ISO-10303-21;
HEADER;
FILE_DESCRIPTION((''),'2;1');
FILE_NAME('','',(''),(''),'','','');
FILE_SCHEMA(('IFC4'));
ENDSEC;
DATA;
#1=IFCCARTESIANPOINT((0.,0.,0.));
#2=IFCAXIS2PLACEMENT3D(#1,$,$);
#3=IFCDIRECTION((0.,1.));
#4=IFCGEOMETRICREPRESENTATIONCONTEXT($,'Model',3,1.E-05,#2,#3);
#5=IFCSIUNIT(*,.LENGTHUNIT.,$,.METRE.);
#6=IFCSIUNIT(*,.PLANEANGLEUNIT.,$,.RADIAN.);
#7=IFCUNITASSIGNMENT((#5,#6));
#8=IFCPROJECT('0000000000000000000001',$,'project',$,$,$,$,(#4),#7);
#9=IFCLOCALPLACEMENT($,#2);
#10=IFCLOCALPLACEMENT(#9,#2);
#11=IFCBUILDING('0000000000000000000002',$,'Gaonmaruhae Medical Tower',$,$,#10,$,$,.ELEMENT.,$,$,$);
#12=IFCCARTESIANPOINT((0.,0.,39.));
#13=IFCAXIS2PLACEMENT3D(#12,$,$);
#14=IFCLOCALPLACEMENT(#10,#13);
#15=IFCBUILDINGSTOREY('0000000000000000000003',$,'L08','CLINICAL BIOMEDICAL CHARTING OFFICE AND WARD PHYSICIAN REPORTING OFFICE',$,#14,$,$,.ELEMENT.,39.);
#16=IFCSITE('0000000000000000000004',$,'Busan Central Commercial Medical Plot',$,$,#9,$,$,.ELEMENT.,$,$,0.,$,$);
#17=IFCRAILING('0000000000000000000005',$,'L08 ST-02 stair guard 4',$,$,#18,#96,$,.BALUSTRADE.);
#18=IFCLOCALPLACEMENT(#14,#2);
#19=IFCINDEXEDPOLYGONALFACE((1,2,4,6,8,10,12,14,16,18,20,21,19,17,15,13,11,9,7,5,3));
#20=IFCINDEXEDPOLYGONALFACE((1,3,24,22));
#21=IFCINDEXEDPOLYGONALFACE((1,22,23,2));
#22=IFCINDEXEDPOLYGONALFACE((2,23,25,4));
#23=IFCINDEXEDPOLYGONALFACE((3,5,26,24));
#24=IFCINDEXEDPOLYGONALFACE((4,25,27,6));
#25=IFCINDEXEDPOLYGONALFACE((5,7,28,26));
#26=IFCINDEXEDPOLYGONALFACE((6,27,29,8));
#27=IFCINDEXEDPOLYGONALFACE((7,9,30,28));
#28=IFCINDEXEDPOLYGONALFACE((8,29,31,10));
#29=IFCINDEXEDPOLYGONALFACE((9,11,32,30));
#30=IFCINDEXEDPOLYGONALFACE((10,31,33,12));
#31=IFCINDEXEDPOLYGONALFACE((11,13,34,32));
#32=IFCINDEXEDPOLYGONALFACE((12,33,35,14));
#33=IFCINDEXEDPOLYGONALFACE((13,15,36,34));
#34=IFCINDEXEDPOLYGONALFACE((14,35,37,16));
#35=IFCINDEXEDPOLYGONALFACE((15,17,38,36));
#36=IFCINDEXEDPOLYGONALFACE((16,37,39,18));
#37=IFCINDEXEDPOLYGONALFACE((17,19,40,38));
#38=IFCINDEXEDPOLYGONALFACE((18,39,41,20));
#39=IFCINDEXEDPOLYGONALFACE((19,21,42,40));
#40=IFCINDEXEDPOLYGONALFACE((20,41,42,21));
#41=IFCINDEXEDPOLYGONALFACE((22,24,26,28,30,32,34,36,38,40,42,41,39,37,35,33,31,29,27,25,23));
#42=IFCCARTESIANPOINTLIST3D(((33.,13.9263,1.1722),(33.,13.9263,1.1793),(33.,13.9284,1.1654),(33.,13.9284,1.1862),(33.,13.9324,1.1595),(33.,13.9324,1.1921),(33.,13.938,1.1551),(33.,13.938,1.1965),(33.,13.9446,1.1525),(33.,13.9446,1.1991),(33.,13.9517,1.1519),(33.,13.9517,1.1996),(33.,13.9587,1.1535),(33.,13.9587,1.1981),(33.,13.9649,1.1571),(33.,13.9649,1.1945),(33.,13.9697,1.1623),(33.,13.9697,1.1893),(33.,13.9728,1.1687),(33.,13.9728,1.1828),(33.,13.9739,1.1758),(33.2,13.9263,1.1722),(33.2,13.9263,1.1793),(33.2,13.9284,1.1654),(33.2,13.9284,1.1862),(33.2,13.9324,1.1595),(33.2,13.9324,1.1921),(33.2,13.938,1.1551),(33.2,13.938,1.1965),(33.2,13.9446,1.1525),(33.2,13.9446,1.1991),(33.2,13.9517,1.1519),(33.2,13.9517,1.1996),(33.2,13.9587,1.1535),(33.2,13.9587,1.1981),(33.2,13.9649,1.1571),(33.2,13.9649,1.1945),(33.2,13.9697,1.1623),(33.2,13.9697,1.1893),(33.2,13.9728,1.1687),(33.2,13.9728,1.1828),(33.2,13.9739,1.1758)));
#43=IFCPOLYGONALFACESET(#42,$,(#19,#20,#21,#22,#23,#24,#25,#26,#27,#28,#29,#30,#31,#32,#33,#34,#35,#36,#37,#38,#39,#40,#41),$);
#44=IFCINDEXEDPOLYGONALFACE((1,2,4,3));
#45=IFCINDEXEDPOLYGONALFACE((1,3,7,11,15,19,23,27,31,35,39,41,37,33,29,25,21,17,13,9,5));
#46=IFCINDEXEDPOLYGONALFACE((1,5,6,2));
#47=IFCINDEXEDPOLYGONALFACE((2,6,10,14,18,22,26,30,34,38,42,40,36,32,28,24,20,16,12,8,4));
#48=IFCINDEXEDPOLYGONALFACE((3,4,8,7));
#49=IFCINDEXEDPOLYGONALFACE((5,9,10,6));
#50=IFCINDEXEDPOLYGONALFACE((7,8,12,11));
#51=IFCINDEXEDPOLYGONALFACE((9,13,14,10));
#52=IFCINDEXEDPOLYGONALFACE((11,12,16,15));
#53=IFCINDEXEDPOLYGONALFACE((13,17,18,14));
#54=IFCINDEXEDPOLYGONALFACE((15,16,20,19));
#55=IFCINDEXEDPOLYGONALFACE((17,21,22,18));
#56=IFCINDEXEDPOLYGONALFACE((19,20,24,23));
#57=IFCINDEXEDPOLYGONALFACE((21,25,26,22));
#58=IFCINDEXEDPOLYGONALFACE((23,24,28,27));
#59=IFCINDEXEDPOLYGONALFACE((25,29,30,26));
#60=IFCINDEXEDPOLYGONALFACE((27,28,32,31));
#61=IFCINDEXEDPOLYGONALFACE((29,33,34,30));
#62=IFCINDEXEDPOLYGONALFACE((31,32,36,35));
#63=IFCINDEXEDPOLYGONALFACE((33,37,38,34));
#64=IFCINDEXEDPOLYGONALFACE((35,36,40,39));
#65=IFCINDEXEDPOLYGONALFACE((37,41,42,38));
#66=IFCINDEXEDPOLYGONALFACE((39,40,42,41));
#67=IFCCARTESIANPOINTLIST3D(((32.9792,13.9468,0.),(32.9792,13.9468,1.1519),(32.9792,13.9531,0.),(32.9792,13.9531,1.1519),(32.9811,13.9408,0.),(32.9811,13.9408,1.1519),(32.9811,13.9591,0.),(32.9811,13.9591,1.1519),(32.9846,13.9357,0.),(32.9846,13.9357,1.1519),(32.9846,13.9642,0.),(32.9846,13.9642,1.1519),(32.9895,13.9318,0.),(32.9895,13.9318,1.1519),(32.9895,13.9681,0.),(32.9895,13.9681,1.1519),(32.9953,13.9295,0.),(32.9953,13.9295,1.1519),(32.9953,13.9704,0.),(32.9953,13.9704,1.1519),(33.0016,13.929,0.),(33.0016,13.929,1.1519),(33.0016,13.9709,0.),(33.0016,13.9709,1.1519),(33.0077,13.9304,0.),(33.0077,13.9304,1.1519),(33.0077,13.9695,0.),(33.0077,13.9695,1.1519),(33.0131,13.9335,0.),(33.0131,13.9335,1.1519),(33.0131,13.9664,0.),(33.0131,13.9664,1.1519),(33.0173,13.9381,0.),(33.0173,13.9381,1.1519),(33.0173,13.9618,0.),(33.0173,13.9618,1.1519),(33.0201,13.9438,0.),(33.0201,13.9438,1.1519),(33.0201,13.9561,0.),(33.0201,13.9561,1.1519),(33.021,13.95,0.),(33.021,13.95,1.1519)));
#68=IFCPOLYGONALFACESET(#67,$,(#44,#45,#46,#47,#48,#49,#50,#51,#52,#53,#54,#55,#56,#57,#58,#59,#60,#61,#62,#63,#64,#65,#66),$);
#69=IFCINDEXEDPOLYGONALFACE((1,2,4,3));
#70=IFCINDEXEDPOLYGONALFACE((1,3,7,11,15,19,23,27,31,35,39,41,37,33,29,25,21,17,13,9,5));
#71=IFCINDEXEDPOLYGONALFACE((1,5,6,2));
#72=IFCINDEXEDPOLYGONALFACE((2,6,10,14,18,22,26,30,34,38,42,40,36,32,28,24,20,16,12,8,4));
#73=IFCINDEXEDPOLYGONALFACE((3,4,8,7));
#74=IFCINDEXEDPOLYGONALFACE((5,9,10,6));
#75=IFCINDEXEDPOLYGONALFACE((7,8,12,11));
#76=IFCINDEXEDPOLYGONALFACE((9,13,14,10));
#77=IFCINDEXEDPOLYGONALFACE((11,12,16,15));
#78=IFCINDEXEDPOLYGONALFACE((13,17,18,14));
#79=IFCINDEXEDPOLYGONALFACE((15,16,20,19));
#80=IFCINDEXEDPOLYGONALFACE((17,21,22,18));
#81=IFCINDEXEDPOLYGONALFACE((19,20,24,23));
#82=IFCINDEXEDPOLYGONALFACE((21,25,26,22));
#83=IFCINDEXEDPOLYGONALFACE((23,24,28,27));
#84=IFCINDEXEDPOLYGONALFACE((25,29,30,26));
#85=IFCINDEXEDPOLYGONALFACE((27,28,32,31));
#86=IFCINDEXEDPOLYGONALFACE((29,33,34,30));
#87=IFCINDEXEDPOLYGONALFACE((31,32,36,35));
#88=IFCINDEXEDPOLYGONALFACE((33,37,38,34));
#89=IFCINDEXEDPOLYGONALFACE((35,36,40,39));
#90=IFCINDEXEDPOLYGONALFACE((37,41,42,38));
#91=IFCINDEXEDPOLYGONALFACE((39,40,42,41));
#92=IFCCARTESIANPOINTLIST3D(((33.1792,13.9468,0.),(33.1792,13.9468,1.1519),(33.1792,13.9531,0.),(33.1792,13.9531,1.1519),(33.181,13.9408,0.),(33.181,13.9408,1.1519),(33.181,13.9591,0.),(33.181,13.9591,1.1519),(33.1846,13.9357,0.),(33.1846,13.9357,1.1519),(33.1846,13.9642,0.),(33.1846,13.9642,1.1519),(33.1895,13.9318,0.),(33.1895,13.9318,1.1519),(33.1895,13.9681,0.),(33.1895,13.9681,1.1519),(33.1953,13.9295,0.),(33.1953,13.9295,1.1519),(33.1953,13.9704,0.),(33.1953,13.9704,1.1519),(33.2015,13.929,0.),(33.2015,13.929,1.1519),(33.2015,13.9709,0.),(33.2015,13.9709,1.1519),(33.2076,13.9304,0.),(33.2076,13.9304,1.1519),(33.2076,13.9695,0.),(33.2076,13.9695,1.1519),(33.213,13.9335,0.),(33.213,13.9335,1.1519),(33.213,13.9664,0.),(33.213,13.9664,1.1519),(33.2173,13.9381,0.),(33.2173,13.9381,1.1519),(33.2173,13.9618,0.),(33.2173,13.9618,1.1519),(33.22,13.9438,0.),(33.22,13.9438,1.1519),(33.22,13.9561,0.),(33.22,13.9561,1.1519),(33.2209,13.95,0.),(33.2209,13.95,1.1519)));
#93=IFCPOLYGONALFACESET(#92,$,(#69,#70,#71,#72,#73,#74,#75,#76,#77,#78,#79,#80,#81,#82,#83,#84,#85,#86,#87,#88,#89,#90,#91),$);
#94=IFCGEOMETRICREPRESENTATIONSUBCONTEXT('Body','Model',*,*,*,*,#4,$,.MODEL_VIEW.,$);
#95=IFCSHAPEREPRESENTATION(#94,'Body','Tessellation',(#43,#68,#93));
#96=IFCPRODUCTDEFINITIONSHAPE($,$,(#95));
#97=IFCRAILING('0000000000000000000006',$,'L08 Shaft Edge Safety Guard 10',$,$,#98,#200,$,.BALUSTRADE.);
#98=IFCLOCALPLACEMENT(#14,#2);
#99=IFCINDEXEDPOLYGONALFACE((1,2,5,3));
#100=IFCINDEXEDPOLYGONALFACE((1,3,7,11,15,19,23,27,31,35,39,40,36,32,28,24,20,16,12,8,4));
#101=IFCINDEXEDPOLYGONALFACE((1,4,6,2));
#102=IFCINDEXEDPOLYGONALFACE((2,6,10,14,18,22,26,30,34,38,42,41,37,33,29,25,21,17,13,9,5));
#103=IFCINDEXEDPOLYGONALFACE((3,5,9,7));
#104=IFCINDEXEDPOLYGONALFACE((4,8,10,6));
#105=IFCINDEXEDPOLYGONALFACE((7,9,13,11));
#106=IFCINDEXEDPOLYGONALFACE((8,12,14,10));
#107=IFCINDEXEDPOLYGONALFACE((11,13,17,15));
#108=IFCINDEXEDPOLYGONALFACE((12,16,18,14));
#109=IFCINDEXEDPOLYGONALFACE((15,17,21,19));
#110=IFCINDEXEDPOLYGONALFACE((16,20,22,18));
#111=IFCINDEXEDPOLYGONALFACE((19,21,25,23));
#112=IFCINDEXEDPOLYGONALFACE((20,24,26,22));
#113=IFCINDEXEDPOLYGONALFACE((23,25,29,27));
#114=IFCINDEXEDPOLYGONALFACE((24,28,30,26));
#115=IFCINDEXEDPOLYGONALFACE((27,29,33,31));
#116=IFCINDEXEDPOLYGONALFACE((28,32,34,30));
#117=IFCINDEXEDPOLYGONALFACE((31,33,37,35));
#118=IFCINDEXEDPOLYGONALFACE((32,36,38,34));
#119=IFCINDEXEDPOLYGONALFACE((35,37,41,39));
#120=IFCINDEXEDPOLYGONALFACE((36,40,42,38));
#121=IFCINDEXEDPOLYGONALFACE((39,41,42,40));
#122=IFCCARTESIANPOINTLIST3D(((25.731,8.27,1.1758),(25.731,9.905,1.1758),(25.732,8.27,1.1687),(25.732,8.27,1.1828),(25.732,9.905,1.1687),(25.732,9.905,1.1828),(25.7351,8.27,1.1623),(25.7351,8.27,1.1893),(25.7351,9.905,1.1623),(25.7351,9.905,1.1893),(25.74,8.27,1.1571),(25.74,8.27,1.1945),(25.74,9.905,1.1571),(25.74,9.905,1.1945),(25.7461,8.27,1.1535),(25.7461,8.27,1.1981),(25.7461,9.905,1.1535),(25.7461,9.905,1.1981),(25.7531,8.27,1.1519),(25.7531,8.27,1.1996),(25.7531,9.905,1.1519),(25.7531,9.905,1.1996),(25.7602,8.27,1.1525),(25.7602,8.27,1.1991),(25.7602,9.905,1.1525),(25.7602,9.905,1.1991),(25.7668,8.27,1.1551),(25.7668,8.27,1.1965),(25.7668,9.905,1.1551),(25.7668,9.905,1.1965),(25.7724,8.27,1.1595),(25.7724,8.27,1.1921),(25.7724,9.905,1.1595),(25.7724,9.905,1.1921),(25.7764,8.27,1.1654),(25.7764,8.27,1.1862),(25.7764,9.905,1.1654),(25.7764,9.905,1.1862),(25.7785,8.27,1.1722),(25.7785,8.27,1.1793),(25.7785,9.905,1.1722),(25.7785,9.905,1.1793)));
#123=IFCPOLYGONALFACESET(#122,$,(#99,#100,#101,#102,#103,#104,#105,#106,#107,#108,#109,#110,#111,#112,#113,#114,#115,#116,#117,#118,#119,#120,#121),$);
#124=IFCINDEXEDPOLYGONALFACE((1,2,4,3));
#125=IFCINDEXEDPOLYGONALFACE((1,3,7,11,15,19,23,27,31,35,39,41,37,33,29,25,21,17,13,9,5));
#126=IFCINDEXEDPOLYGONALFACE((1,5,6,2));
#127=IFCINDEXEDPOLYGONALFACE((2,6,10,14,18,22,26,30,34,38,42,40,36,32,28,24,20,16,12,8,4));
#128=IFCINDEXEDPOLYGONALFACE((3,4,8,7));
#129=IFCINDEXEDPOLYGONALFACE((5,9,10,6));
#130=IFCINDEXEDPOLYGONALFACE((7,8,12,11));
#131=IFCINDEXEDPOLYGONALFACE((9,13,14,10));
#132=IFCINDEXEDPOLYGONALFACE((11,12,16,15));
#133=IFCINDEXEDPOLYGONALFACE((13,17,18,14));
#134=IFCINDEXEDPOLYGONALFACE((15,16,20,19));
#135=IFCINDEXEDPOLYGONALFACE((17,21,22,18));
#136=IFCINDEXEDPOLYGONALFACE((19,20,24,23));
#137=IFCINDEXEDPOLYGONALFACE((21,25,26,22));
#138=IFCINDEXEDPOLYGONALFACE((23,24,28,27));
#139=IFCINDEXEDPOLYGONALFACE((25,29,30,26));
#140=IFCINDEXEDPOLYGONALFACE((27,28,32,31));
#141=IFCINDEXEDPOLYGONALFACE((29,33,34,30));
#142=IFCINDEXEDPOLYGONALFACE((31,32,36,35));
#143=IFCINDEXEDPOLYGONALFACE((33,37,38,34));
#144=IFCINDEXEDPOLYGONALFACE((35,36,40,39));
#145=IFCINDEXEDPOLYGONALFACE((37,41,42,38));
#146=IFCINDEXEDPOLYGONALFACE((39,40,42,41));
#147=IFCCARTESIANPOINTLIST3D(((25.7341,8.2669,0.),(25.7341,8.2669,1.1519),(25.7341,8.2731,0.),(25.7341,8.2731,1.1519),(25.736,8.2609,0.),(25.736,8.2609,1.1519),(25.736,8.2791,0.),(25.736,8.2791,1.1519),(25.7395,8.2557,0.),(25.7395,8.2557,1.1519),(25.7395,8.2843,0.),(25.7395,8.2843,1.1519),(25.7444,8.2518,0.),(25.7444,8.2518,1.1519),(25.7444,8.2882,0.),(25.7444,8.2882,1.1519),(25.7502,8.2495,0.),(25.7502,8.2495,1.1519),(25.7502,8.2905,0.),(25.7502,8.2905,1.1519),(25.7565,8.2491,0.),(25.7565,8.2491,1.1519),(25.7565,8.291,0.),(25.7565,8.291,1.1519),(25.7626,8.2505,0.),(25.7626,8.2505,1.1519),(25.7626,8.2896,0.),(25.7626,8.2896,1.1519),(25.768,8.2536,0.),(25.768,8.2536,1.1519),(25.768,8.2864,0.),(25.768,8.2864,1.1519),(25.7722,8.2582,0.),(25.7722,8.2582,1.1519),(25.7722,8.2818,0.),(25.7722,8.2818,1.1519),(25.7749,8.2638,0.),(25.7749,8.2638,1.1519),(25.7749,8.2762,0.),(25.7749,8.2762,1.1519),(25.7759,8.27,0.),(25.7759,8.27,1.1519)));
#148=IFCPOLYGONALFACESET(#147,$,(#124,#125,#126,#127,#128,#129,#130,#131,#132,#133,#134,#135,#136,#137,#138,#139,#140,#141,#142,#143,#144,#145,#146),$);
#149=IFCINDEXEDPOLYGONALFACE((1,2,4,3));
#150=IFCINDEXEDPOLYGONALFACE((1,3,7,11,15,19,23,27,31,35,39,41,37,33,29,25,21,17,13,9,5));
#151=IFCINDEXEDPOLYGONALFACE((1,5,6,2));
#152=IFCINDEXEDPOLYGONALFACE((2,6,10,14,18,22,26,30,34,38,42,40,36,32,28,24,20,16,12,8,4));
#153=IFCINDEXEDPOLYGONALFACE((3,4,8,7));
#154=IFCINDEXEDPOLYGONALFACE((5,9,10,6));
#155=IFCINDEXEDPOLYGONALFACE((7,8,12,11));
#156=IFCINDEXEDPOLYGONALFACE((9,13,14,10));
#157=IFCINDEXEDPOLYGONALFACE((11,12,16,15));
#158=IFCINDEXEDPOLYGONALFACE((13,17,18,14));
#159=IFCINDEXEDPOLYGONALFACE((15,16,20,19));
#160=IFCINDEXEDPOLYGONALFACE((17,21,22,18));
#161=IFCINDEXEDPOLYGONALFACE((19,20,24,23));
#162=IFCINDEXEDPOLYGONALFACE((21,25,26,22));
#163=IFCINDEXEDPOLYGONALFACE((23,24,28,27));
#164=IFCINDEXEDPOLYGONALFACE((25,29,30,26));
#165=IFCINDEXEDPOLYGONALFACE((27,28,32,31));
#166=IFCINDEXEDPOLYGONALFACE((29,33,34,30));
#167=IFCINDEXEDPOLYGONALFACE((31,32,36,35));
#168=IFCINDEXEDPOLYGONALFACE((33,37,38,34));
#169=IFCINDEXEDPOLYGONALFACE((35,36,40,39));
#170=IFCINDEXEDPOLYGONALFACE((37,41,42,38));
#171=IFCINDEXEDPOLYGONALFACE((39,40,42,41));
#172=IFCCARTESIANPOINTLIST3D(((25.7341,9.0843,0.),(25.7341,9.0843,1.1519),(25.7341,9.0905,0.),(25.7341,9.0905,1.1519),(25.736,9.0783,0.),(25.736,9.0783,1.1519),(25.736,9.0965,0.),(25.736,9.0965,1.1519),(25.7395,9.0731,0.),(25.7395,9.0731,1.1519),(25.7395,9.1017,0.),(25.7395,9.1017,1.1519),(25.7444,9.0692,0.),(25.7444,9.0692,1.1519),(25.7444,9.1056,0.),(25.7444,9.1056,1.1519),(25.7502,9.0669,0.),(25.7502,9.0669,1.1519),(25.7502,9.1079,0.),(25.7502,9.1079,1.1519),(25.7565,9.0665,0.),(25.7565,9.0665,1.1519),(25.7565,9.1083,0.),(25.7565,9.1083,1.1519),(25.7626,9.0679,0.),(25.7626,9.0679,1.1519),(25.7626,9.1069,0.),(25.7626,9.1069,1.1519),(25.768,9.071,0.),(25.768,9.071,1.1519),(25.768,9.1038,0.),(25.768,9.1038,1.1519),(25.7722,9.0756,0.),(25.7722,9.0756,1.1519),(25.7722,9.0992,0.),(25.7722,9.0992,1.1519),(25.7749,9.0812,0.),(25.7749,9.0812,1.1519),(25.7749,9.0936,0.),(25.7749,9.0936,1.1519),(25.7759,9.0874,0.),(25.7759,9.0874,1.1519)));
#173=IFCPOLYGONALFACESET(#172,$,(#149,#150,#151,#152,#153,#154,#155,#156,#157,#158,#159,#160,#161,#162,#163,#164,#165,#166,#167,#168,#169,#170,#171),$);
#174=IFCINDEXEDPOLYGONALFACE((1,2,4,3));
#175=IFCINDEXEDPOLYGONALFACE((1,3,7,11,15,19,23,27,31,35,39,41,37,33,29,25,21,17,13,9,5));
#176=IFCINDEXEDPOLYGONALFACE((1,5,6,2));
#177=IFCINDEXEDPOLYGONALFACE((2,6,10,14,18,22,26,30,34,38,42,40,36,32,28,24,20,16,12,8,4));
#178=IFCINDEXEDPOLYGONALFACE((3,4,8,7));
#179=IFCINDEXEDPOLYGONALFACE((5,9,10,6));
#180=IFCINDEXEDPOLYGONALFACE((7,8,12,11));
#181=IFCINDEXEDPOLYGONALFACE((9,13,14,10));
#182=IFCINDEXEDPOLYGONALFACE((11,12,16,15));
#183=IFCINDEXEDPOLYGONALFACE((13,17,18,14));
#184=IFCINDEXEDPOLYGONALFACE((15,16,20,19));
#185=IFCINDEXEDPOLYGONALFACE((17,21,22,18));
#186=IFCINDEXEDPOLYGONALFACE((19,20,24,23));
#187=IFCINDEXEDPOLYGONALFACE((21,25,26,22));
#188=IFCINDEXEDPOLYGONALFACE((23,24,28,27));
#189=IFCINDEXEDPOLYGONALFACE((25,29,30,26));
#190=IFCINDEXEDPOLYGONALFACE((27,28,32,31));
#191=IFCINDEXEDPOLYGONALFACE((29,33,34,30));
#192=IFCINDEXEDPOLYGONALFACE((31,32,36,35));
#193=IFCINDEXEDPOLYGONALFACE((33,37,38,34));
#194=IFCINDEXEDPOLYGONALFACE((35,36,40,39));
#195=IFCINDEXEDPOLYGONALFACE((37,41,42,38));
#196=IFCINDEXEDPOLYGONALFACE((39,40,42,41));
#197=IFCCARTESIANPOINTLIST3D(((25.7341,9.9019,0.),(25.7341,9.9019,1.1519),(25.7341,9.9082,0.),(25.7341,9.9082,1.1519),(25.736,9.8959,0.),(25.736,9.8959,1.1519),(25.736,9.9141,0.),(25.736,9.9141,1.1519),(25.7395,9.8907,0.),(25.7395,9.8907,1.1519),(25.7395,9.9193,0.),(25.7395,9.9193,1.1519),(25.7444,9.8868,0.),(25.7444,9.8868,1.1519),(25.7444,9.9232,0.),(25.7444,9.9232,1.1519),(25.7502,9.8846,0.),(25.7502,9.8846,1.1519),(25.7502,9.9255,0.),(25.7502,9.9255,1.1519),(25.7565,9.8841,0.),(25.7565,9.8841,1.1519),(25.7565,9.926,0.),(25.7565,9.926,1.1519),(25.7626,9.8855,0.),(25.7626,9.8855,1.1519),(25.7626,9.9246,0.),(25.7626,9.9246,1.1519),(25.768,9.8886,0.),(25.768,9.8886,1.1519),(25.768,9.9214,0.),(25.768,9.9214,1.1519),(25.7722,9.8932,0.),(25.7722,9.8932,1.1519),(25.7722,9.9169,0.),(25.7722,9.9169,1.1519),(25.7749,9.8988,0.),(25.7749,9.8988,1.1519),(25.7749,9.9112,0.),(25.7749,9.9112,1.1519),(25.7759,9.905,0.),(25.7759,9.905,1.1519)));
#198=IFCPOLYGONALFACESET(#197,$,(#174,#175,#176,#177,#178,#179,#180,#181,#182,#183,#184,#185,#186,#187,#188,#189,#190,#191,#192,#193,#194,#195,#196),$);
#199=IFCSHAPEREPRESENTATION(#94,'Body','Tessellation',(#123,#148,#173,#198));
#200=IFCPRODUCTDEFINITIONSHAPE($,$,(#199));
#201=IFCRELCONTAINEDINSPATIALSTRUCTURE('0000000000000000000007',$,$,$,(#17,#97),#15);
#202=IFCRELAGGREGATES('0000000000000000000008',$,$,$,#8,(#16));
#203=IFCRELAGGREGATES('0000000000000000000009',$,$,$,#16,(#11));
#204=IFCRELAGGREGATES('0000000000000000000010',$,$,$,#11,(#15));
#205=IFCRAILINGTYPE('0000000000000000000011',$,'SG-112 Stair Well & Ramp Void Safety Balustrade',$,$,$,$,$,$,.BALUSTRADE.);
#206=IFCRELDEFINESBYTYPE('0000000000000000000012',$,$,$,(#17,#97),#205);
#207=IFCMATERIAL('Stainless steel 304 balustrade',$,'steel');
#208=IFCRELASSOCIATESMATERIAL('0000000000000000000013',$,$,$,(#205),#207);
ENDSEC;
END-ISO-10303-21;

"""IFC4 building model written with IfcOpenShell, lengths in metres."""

from ifc_helpers import new_model, si_unit, direction, frame, origin, origin_2d, place, context, subcontext, project, spatial, circle, extrude, material, type_object, element, save


model = new_model("IFC4")

# Units and contexts
model_context = context("Model", 3, precision=1e-05, world=origin(), true_north=direction((0.0, 1.0)))
body_context = subcontext(model_context, "Body", "Model", "MODEL_VIEW")
ifc_project = project(units=[si_unit("LENGTHUNIT", "METRE"), si_unit("PLANEANGLEUNIT", "RADIAN")], contexts=[model_context])

# Site, building, storey
site_placement = place(None, origin())
site = spatial("IfcSite", under=ifc_project, at=site_placement, Name="Busan Central Commercial Medical Plot", CompositionType="ELEMENT", RefElevation=0.0)
building_placement = place(site_placement, origin())
building = spatial("IfcBuilding", under=site, at=building_placement, Name="Gaonmaruhae Medical Tower", CompositionType="ELEMENT")
storey_placement = place(building_placement, frame((0.0, 0.0, 39.0)))
storey = spatial("IfcBuildingStorey", under=building, at=storey_placement, Name="L08", Description="CLINICAL BIOMEDICAL CHARTING OFFICE AND WARD PHYSICIAN REPORTING OFFICE", CompositionType="ELEMENT", Elevation=39.0)

# Railings
ifc_material_1 = material(Name="Stainless steel 304 balustrade", Category="steel")
railing_type_1 = type_object("IfcRailingType", Name="SG-112 Stair Well & Ramp Void Safety Balustrade", PredefinedType="BALUSTRADE", material=ifc_material_1)
railing_1_placement = place(storey_placement, frame((33.0, 13.95, 0.0)))
element("IfcRailing", 1, at=railing_1_placement, inside=storey, type_object=railing_type_1, Name="L08 ST-02 stair guard 4", PredefinedType="BALUSTRADE", context=body_context, shape_type="SweptSolid", body=[
    extrude(circle(Radius=0.0239, at=origin_2d()), frame((0.0, 0.0, 1.1758), z_axis=(1.0, 0.0, 0.0), x_axis=(0.0, 1.0, 0.0)), (0.0, 0.0, 1.0), 0.2),
    extrude(circle(Radius=0.021, at=origin_2d()), origin(), (0.0, 0.0, 1.0), 1.1519),
    extrude(circle(Radius=0.021, at=origin_2d()), frame((0.2, 0.0, 0.0)), (0.0, 0.0, 1.0), 1.1519),
])
for number, where, name in (
    (2, (25.7549, 8.27, 0.0), "L08 Shaft Edge Safety Guard 10"),
):
    element("IfcRailing", number, at=place(storey_placement, frame(where)), inside=storey, type_object=railing_type_1, Name=name, PredefinedType="BALUSTRADE", context=body_context, shape_type="SweptSolid", body=[
        extrude(circle(Radius=0.0239, at=origin_2d()), frame((0.0, 0.0, 1.1758), z_axis=(0.0, 1.0, 0.0), x_axis=(-1.0, 0.0, 0.0)), (0.0, 0.0, 1.0), 1.635),
        extrude(circle(Radius=0.021, at=origin_2d()), origin(), (0.0, 0.0, 1.0), 1.1519),
        extrude(circle(Radius=0.021, at=origin_2d()), frame((0.0, 0.8174, 0.0)), (0.0, 0.0, 1.0), 1.1519),
        extrude(circle(Radius=0.021, at=origin_2d()), frame((0.0, 1.635, 0.0)), (0.0, 0.0, 1.0), 1.1519),
    ])

save(model, "model.ifc")
